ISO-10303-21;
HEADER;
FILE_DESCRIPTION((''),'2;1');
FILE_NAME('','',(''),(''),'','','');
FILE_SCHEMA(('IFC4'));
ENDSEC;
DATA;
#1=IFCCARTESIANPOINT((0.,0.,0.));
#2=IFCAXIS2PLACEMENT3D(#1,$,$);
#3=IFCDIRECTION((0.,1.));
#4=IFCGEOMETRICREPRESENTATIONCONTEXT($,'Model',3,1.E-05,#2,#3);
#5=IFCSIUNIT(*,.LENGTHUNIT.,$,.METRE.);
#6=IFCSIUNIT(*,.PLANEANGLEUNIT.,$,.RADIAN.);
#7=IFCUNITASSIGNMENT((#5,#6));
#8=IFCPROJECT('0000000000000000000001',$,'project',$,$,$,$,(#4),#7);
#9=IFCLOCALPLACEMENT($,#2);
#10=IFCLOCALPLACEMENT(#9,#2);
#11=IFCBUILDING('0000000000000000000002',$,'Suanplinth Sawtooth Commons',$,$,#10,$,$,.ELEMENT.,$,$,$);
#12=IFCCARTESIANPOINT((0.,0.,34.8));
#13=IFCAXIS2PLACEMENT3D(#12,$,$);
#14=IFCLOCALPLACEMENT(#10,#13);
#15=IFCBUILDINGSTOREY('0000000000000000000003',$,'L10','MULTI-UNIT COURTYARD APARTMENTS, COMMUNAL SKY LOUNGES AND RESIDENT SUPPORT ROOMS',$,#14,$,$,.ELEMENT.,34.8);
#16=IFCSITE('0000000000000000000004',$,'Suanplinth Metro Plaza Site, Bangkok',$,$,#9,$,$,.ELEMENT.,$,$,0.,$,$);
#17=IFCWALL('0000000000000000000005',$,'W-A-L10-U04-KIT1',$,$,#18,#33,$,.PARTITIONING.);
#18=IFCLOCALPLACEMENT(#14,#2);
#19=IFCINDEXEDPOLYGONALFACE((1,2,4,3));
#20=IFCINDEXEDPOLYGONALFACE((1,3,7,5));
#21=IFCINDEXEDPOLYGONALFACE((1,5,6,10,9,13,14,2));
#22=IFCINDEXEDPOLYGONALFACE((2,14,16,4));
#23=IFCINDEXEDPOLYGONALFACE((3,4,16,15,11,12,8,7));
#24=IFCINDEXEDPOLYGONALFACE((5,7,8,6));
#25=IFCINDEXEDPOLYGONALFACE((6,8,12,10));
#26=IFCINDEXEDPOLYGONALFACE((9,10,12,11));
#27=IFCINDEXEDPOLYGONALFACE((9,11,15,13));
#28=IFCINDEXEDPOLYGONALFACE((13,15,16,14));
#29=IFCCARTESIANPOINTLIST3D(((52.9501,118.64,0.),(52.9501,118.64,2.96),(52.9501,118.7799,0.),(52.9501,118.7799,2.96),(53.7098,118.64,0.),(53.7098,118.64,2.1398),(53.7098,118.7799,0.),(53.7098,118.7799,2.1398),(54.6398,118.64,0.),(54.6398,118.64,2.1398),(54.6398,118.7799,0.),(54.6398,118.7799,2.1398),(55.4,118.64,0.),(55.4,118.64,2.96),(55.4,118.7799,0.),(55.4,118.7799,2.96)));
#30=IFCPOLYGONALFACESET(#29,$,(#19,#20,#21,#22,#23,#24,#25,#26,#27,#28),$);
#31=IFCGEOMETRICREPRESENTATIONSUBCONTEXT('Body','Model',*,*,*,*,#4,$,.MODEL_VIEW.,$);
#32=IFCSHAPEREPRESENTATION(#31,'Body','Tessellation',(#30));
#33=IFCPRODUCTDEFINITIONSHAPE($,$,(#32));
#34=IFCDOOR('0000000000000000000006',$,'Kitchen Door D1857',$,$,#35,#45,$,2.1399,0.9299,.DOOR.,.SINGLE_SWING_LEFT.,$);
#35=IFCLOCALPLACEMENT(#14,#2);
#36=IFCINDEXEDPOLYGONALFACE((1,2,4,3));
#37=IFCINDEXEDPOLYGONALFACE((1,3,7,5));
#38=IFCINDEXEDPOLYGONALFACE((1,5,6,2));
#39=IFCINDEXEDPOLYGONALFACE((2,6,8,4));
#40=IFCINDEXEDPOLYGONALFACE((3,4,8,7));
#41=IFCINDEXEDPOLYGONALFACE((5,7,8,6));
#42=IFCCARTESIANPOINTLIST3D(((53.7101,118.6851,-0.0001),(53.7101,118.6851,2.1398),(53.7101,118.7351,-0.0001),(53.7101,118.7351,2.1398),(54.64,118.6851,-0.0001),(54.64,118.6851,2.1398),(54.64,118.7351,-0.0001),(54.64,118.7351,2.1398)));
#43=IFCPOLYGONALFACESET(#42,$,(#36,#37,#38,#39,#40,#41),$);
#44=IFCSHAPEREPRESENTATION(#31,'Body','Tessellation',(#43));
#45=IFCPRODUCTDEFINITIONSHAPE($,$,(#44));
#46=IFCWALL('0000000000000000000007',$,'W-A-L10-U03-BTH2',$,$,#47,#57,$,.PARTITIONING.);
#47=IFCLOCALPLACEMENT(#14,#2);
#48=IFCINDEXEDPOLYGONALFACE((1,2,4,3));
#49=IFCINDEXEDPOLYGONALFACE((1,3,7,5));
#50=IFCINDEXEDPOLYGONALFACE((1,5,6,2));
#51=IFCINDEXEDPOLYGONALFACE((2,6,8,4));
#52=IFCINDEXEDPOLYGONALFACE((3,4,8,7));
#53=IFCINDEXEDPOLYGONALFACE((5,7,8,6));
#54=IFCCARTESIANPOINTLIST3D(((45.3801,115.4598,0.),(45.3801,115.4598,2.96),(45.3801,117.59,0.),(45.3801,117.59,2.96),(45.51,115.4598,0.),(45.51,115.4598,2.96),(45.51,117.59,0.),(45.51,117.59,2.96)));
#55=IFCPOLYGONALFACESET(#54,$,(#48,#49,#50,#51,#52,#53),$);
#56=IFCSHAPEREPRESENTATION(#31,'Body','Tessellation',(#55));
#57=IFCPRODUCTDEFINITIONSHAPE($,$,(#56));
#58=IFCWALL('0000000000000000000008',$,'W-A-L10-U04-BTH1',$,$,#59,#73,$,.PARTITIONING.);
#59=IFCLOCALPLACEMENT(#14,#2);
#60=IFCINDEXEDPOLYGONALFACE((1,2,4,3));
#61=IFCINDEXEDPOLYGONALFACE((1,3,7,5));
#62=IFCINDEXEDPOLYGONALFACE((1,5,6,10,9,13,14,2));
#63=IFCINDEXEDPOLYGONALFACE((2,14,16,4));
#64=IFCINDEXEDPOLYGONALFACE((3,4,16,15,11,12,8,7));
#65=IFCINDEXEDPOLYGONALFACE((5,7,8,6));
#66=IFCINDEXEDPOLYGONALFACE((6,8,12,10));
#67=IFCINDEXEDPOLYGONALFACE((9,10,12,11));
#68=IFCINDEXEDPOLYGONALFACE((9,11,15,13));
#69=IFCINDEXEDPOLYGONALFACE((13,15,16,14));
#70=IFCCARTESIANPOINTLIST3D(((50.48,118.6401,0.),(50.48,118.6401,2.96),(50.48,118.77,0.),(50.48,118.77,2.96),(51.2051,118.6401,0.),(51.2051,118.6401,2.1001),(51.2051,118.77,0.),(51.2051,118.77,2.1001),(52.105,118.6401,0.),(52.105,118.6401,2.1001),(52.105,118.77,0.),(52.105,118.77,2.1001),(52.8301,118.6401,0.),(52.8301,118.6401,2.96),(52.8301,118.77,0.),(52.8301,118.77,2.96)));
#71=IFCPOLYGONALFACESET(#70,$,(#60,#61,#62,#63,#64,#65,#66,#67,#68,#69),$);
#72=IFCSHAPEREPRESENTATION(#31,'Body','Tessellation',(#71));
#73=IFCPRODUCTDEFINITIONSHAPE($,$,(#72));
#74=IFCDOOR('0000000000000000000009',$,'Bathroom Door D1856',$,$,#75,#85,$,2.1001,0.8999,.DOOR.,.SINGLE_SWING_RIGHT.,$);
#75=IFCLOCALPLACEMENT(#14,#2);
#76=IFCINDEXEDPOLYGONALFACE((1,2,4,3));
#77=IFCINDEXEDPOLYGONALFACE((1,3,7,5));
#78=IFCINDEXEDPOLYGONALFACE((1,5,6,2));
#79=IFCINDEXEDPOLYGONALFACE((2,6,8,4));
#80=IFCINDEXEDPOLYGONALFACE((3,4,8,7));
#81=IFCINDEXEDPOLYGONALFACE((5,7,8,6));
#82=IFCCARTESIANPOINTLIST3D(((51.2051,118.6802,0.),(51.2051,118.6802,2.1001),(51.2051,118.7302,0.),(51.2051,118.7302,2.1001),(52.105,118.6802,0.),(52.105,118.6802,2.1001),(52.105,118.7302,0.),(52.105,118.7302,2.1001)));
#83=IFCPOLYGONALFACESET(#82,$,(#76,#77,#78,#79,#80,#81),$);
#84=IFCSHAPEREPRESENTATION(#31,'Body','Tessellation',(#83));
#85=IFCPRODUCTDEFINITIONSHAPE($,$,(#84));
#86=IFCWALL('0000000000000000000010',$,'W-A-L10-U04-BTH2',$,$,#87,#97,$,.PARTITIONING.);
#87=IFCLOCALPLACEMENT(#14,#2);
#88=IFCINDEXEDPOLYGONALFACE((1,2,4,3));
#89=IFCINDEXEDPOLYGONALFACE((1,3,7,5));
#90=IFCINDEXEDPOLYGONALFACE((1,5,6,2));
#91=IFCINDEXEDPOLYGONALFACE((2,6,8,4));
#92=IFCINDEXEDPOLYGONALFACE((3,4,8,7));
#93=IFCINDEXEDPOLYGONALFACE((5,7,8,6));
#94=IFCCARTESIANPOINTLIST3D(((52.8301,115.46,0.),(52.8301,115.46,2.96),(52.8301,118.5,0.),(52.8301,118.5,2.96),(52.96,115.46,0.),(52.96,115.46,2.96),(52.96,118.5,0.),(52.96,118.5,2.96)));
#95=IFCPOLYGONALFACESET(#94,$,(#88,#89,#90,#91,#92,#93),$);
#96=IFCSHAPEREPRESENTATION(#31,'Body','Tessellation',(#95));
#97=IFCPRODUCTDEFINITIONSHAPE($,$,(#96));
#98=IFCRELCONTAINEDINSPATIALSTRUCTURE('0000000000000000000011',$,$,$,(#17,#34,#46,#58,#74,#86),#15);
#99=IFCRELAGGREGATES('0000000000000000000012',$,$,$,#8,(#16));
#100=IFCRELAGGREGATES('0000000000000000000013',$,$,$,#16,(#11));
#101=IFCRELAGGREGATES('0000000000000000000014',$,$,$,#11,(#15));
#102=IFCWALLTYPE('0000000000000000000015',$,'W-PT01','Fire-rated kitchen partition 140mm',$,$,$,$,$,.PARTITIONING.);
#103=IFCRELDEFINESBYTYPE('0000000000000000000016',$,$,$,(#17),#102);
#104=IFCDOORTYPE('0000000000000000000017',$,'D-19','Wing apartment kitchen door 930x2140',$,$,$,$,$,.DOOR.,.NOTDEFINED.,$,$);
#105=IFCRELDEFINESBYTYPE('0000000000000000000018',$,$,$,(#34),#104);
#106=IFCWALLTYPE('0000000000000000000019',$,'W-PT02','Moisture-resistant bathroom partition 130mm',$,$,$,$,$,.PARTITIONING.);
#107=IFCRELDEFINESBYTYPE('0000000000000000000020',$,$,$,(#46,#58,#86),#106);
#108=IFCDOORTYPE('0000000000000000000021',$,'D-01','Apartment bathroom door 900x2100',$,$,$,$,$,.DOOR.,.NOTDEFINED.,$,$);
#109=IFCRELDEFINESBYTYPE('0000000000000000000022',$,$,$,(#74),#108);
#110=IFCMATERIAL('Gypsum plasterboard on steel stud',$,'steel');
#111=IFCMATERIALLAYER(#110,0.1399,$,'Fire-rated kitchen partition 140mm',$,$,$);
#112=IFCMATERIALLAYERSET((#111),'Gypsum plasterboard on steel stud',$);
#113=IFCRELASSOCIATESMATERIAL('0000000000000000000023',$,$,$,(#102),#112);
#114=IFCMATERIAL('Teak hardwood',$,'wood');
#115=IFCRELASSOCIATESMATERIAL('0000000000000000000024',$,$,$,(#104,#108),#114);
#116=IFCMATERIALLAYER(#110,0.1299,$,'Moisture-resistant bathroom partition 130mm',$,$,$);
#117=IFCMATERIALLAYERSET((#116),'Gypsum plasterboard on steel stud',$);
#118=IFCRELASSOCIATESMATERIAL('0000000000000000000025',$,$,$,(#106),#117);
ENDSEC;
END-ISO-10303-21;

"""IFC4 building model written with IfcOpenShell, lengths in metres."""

from ifc_helpers import new_model, si_unit, direction, frame, frame_2d, origin, place, context, subcontext, project, spatial, rectangle, extrude, material, layer, layer_set, type_object, element, fill, save


model = new_model("IFC4")

# Units and contexts
model_context = context("Model", 3, precision=1e-05, world=origin(), true_north=direction((0.0, 1.0)))
body_context = subcontext(model_context, "Body", "Model", "MODEL_VIEW")
ifc_project = project(units=[si_unit("LENGTHUNIT", "METRE"), si_unit("PLANEANGLEUNIT", "RADIAN")], contexts=[model_context])

# Site, building, storey
site_placement = place(None, origin())
site = spatial("IfcSite", under=ifc_project, at=site_placement, Name="Suanplinth Metro Plaza Site, Bangkok", CompositionType="ELEMENT", RefElevation=0.0)
building_placement = place(site_placement, origin())
building = spatial("IfcBuilding", under=site, at=building_placement, Name="Suanplinth Sawtooth Commons", CompositionType="ELEMENT")
storey_placement = place(building_placement, frame((0.0, 0.0, 34.8)))
storey = spatial("IfcBuildingStorey", under=building, at=storey_placement, Name="L10", Description="MULTI-UNIT COURTYARD APARTMENTS, COMMUNAL SKY LOUNGES AND RESIDENT SUPPORT ROOMS", CompositionType="ELEMENT", Elevation=34.8)

# Shared definitions
ifc_material_1 = material(Name="Gypsum plasterboard on steel stud", Category="steel")
ifc_layer_1 = layer(ifc_material_1, 0.1399, Name="Fire-rated kitchen partition 140mm")
ifc_layer_set_1 = layer_set([ifc_layer_1], Name="Gypsum plasterboard on steel stud")
wall_type_1 = type_object("IfcWallType", Name="W-PT01", Description="Fire-rated kitchen partition 140mm", PredefinedType="PARTITIONING", material=ifc_layer_set_1)
ifc_material_2 = material(Name="Teak hardwood", Category="wood")
door_type_1 = type_object("IfcDoorType", Name="D-19", Description="Wing apartment kitchen door 930x2140", OperationType="NOTDEFINED", PredefinedType="DOOR", material=ifc_material_2)

# Wall, opening, door
wall_1_placement = place(storey_placement, frame((52.95, 118.71, 0.0), z_axis=(0.0, 0.0, 1.0), x_axis=(1.0, 0.0, 0.0)))
wall_1 = element("IfcWall", 1, at=wall_1_placement, inside=storey, type_object=wall_type_1, Name="W-A-L10-U04-KIT1", PredefinedType="PARTITIONING", context=body_context, shape_type="SweptSolid", body=[
    extrude(rectangle(XDim=2.45, YDim=0.1399, at=frame_2d((1.2251, 0.0))), origin(), (0.0, 0.0, 1.0), 2.96),
])
opening_1_placement = place(wall_1_placement, frame((0.76, 0.0, 0.0)))
opening_1 = element("IfcOpeningElement", 2, at=opening_1_placement, cuts=wall_1, PredefinedType="OPENING", context=body_context, shape_type="SweptSolid", body=[
    extrude(rectangle(XDim=0.9299, YDim=2.1399, at=frame_2d((0.4648, 1.0698))), frame((0.0, 0.085, 0.0), z_axis=(0.0, -1.0, 0.0), x_axis=(1.0, 0.0, 0.0)), (0.0, 0.0, 1.0), 0.1697),
])
door_1_placement = place(opening_1_placement, frame((0.9299, 0.0, 0.0), z_axis=(0.0, 0.0, 1.0), x_axis=(-1.0, 0.0, 0.0)))
door_1 = element("IfcDoor", 3, at=door_1_placement, inside=storey, type_object=door_type_1, Name="Kitchen Door D1857", OperationType="SINGLE_SWING_LEFT", OverallHeight=2.1399, OverallWidth=0.9299, PredefinedType="DOOR", context=body_context, shape_type="SweptSolid", body=[
    extrude(rectangle(XDim=0.9299, YDim=2.1399, at=frame_2d((0.4648, 1.0698))), frame((0.0, 0.0249, 0.0), z_axis=(0.0, -1.0, 0.0), x_axis=(1.0, 0.0, 0.0)), (0.0, 0.0, 1.0), 0.05),
])
fill(opening_1, door_1)

# Wall
ifc_layer_2 = layer(ifc_material_1, 0.1299, Name="Moisture-resistant bathroom partition 130mm")
ifc_layer_set_2 = layer_set([ifc_layer_2], Name="Gypsum plasterboard on steel stud")
wall_type_2 = type_object("IfcWallType", Name="W-PT02", Description="Moisture-resistant bathroom partition 130mm", PredefinedType="PARTITIONING", material=ifc_layer_set_2)
wall_2_placement = place(storey_placement, frame((45.4451, 115.46, 0.0), z_axis=(0.0, 0.0, 1.0), x_axis=(0.0, 1.0, 0.0)))
element("IfcWall", 4, at=wall_2_placement, inside=storey, type_object=wall_type_2, Name="W-A-L10-U03-BTH2", PredefinedType="PARTITIONING", context=body_context, shape_type="SweptSolid", body=[
    extrude(rectangle(XDim=2.1301, YDim=0.1299, at=frame_2d((1.0649, 0.0))), origin(), (0.0, 0.0, 1.0), 2.96),
])

# Wall, opening, door
wall_3_placement = place(storey_placement, frame((50.48, 118.7051, 0.0), z_axis=(0.0, 0.0, 1.0), x_axis=(1.0, 0.0, 0.0)))
wall_3 = element("IfcWall", 5, at=wall_3_placement, inside=storey, type_object=wall_type_2, Name="W-A-L10-U04-BTH1", PredefinedType="PARTITIONING", context=body_context, shape_type="SweptSolid", body=[
    extrude(rectangle(XDim=2.3501, YDim=0.1299, at=frame_2d((1.175, 0.0))), origin(), (0.0, 0.0, 1.0), 2.96),
])
opening_2_placement = place(wall_3_placement, frame((0.7251, 0.0, 0.0)))
opening_2 = element("IfcOpeningElement", 6, at=opening_2_placement, cuts=wall_3, PredefinedType="OPENING", context=body_context, shape_type="SweptSolid", body=[
    extrude(rectangle(XDim=0.8999, YDim=2.1001, at=frame_2d((0.45, 1.05))), frame((0.0, 0.0798, 0.0), z_axis=(0.0, -1.0, 0.0), x_axis=(1.0, 0.0, 0.0)), (0.0, 0.0, 1.0), 0.1597),
])
door_type_2 = type_object("IfcDoorType", Name="D-01", Description="Apartment bathroom door 900x2100", OperationType="NOTDEFINED", PredefinedType="DOOR", material=ifc_material_2)
door_2_placement = place(opening_2_placement, frame((0.8999, 0.0, 0.0), z_axis=(0.0, 0.0, 1.0), x_axis=(-1.0, 0.0, 0.0)))
door_2 = element("IfcDoor", 7, at=door_2_placement, inside=storey, type_object=door_type_2, Name="Bathroom Door D1856", OperationType="SINGLE_SWING_RIGHT", OverallHeight=2.1001, OverallWidth=0.8999, PredefinedType="DOOR", context=body_context, shape_type="SweptSolid", body=[
    extrude(rectangle(XDim=0.8999, YDim=2.1001, at=frame_2d((0.45, 1.05))), frame((0.0, 0.0249, 0.0), z_axis=(0.0, -1.0, 0.0), x_axis=(1.0, 0.0, 0.0)), (0.0, 0.0, 1.0), 0.05),
])
fill(opening_2, door_2)

# Wall
wall_4_placement = place(storey_placement, frame((52.895, 115.46, 0.0), z_axis=(0.0, 0.0, 1.0), x_axis=(0.0, 1.0, 0.0)))
element("IfcWall", 8, at=wall_4_placement, inside=storey, type_object=wall_type_2, Name="W-A-L10-U04-BTH2", PredefinedType="PARTITIONING", context=body_context, shape_type="SweptSolid", body=[
    extrude(rectangle(XDim=3.04, YDim=0.1299, at=frame_2d((1.52, 0.0))), origin(), (0.0, 0.0, 1.0), 2.96),
])

save(model, "model.ifc")
